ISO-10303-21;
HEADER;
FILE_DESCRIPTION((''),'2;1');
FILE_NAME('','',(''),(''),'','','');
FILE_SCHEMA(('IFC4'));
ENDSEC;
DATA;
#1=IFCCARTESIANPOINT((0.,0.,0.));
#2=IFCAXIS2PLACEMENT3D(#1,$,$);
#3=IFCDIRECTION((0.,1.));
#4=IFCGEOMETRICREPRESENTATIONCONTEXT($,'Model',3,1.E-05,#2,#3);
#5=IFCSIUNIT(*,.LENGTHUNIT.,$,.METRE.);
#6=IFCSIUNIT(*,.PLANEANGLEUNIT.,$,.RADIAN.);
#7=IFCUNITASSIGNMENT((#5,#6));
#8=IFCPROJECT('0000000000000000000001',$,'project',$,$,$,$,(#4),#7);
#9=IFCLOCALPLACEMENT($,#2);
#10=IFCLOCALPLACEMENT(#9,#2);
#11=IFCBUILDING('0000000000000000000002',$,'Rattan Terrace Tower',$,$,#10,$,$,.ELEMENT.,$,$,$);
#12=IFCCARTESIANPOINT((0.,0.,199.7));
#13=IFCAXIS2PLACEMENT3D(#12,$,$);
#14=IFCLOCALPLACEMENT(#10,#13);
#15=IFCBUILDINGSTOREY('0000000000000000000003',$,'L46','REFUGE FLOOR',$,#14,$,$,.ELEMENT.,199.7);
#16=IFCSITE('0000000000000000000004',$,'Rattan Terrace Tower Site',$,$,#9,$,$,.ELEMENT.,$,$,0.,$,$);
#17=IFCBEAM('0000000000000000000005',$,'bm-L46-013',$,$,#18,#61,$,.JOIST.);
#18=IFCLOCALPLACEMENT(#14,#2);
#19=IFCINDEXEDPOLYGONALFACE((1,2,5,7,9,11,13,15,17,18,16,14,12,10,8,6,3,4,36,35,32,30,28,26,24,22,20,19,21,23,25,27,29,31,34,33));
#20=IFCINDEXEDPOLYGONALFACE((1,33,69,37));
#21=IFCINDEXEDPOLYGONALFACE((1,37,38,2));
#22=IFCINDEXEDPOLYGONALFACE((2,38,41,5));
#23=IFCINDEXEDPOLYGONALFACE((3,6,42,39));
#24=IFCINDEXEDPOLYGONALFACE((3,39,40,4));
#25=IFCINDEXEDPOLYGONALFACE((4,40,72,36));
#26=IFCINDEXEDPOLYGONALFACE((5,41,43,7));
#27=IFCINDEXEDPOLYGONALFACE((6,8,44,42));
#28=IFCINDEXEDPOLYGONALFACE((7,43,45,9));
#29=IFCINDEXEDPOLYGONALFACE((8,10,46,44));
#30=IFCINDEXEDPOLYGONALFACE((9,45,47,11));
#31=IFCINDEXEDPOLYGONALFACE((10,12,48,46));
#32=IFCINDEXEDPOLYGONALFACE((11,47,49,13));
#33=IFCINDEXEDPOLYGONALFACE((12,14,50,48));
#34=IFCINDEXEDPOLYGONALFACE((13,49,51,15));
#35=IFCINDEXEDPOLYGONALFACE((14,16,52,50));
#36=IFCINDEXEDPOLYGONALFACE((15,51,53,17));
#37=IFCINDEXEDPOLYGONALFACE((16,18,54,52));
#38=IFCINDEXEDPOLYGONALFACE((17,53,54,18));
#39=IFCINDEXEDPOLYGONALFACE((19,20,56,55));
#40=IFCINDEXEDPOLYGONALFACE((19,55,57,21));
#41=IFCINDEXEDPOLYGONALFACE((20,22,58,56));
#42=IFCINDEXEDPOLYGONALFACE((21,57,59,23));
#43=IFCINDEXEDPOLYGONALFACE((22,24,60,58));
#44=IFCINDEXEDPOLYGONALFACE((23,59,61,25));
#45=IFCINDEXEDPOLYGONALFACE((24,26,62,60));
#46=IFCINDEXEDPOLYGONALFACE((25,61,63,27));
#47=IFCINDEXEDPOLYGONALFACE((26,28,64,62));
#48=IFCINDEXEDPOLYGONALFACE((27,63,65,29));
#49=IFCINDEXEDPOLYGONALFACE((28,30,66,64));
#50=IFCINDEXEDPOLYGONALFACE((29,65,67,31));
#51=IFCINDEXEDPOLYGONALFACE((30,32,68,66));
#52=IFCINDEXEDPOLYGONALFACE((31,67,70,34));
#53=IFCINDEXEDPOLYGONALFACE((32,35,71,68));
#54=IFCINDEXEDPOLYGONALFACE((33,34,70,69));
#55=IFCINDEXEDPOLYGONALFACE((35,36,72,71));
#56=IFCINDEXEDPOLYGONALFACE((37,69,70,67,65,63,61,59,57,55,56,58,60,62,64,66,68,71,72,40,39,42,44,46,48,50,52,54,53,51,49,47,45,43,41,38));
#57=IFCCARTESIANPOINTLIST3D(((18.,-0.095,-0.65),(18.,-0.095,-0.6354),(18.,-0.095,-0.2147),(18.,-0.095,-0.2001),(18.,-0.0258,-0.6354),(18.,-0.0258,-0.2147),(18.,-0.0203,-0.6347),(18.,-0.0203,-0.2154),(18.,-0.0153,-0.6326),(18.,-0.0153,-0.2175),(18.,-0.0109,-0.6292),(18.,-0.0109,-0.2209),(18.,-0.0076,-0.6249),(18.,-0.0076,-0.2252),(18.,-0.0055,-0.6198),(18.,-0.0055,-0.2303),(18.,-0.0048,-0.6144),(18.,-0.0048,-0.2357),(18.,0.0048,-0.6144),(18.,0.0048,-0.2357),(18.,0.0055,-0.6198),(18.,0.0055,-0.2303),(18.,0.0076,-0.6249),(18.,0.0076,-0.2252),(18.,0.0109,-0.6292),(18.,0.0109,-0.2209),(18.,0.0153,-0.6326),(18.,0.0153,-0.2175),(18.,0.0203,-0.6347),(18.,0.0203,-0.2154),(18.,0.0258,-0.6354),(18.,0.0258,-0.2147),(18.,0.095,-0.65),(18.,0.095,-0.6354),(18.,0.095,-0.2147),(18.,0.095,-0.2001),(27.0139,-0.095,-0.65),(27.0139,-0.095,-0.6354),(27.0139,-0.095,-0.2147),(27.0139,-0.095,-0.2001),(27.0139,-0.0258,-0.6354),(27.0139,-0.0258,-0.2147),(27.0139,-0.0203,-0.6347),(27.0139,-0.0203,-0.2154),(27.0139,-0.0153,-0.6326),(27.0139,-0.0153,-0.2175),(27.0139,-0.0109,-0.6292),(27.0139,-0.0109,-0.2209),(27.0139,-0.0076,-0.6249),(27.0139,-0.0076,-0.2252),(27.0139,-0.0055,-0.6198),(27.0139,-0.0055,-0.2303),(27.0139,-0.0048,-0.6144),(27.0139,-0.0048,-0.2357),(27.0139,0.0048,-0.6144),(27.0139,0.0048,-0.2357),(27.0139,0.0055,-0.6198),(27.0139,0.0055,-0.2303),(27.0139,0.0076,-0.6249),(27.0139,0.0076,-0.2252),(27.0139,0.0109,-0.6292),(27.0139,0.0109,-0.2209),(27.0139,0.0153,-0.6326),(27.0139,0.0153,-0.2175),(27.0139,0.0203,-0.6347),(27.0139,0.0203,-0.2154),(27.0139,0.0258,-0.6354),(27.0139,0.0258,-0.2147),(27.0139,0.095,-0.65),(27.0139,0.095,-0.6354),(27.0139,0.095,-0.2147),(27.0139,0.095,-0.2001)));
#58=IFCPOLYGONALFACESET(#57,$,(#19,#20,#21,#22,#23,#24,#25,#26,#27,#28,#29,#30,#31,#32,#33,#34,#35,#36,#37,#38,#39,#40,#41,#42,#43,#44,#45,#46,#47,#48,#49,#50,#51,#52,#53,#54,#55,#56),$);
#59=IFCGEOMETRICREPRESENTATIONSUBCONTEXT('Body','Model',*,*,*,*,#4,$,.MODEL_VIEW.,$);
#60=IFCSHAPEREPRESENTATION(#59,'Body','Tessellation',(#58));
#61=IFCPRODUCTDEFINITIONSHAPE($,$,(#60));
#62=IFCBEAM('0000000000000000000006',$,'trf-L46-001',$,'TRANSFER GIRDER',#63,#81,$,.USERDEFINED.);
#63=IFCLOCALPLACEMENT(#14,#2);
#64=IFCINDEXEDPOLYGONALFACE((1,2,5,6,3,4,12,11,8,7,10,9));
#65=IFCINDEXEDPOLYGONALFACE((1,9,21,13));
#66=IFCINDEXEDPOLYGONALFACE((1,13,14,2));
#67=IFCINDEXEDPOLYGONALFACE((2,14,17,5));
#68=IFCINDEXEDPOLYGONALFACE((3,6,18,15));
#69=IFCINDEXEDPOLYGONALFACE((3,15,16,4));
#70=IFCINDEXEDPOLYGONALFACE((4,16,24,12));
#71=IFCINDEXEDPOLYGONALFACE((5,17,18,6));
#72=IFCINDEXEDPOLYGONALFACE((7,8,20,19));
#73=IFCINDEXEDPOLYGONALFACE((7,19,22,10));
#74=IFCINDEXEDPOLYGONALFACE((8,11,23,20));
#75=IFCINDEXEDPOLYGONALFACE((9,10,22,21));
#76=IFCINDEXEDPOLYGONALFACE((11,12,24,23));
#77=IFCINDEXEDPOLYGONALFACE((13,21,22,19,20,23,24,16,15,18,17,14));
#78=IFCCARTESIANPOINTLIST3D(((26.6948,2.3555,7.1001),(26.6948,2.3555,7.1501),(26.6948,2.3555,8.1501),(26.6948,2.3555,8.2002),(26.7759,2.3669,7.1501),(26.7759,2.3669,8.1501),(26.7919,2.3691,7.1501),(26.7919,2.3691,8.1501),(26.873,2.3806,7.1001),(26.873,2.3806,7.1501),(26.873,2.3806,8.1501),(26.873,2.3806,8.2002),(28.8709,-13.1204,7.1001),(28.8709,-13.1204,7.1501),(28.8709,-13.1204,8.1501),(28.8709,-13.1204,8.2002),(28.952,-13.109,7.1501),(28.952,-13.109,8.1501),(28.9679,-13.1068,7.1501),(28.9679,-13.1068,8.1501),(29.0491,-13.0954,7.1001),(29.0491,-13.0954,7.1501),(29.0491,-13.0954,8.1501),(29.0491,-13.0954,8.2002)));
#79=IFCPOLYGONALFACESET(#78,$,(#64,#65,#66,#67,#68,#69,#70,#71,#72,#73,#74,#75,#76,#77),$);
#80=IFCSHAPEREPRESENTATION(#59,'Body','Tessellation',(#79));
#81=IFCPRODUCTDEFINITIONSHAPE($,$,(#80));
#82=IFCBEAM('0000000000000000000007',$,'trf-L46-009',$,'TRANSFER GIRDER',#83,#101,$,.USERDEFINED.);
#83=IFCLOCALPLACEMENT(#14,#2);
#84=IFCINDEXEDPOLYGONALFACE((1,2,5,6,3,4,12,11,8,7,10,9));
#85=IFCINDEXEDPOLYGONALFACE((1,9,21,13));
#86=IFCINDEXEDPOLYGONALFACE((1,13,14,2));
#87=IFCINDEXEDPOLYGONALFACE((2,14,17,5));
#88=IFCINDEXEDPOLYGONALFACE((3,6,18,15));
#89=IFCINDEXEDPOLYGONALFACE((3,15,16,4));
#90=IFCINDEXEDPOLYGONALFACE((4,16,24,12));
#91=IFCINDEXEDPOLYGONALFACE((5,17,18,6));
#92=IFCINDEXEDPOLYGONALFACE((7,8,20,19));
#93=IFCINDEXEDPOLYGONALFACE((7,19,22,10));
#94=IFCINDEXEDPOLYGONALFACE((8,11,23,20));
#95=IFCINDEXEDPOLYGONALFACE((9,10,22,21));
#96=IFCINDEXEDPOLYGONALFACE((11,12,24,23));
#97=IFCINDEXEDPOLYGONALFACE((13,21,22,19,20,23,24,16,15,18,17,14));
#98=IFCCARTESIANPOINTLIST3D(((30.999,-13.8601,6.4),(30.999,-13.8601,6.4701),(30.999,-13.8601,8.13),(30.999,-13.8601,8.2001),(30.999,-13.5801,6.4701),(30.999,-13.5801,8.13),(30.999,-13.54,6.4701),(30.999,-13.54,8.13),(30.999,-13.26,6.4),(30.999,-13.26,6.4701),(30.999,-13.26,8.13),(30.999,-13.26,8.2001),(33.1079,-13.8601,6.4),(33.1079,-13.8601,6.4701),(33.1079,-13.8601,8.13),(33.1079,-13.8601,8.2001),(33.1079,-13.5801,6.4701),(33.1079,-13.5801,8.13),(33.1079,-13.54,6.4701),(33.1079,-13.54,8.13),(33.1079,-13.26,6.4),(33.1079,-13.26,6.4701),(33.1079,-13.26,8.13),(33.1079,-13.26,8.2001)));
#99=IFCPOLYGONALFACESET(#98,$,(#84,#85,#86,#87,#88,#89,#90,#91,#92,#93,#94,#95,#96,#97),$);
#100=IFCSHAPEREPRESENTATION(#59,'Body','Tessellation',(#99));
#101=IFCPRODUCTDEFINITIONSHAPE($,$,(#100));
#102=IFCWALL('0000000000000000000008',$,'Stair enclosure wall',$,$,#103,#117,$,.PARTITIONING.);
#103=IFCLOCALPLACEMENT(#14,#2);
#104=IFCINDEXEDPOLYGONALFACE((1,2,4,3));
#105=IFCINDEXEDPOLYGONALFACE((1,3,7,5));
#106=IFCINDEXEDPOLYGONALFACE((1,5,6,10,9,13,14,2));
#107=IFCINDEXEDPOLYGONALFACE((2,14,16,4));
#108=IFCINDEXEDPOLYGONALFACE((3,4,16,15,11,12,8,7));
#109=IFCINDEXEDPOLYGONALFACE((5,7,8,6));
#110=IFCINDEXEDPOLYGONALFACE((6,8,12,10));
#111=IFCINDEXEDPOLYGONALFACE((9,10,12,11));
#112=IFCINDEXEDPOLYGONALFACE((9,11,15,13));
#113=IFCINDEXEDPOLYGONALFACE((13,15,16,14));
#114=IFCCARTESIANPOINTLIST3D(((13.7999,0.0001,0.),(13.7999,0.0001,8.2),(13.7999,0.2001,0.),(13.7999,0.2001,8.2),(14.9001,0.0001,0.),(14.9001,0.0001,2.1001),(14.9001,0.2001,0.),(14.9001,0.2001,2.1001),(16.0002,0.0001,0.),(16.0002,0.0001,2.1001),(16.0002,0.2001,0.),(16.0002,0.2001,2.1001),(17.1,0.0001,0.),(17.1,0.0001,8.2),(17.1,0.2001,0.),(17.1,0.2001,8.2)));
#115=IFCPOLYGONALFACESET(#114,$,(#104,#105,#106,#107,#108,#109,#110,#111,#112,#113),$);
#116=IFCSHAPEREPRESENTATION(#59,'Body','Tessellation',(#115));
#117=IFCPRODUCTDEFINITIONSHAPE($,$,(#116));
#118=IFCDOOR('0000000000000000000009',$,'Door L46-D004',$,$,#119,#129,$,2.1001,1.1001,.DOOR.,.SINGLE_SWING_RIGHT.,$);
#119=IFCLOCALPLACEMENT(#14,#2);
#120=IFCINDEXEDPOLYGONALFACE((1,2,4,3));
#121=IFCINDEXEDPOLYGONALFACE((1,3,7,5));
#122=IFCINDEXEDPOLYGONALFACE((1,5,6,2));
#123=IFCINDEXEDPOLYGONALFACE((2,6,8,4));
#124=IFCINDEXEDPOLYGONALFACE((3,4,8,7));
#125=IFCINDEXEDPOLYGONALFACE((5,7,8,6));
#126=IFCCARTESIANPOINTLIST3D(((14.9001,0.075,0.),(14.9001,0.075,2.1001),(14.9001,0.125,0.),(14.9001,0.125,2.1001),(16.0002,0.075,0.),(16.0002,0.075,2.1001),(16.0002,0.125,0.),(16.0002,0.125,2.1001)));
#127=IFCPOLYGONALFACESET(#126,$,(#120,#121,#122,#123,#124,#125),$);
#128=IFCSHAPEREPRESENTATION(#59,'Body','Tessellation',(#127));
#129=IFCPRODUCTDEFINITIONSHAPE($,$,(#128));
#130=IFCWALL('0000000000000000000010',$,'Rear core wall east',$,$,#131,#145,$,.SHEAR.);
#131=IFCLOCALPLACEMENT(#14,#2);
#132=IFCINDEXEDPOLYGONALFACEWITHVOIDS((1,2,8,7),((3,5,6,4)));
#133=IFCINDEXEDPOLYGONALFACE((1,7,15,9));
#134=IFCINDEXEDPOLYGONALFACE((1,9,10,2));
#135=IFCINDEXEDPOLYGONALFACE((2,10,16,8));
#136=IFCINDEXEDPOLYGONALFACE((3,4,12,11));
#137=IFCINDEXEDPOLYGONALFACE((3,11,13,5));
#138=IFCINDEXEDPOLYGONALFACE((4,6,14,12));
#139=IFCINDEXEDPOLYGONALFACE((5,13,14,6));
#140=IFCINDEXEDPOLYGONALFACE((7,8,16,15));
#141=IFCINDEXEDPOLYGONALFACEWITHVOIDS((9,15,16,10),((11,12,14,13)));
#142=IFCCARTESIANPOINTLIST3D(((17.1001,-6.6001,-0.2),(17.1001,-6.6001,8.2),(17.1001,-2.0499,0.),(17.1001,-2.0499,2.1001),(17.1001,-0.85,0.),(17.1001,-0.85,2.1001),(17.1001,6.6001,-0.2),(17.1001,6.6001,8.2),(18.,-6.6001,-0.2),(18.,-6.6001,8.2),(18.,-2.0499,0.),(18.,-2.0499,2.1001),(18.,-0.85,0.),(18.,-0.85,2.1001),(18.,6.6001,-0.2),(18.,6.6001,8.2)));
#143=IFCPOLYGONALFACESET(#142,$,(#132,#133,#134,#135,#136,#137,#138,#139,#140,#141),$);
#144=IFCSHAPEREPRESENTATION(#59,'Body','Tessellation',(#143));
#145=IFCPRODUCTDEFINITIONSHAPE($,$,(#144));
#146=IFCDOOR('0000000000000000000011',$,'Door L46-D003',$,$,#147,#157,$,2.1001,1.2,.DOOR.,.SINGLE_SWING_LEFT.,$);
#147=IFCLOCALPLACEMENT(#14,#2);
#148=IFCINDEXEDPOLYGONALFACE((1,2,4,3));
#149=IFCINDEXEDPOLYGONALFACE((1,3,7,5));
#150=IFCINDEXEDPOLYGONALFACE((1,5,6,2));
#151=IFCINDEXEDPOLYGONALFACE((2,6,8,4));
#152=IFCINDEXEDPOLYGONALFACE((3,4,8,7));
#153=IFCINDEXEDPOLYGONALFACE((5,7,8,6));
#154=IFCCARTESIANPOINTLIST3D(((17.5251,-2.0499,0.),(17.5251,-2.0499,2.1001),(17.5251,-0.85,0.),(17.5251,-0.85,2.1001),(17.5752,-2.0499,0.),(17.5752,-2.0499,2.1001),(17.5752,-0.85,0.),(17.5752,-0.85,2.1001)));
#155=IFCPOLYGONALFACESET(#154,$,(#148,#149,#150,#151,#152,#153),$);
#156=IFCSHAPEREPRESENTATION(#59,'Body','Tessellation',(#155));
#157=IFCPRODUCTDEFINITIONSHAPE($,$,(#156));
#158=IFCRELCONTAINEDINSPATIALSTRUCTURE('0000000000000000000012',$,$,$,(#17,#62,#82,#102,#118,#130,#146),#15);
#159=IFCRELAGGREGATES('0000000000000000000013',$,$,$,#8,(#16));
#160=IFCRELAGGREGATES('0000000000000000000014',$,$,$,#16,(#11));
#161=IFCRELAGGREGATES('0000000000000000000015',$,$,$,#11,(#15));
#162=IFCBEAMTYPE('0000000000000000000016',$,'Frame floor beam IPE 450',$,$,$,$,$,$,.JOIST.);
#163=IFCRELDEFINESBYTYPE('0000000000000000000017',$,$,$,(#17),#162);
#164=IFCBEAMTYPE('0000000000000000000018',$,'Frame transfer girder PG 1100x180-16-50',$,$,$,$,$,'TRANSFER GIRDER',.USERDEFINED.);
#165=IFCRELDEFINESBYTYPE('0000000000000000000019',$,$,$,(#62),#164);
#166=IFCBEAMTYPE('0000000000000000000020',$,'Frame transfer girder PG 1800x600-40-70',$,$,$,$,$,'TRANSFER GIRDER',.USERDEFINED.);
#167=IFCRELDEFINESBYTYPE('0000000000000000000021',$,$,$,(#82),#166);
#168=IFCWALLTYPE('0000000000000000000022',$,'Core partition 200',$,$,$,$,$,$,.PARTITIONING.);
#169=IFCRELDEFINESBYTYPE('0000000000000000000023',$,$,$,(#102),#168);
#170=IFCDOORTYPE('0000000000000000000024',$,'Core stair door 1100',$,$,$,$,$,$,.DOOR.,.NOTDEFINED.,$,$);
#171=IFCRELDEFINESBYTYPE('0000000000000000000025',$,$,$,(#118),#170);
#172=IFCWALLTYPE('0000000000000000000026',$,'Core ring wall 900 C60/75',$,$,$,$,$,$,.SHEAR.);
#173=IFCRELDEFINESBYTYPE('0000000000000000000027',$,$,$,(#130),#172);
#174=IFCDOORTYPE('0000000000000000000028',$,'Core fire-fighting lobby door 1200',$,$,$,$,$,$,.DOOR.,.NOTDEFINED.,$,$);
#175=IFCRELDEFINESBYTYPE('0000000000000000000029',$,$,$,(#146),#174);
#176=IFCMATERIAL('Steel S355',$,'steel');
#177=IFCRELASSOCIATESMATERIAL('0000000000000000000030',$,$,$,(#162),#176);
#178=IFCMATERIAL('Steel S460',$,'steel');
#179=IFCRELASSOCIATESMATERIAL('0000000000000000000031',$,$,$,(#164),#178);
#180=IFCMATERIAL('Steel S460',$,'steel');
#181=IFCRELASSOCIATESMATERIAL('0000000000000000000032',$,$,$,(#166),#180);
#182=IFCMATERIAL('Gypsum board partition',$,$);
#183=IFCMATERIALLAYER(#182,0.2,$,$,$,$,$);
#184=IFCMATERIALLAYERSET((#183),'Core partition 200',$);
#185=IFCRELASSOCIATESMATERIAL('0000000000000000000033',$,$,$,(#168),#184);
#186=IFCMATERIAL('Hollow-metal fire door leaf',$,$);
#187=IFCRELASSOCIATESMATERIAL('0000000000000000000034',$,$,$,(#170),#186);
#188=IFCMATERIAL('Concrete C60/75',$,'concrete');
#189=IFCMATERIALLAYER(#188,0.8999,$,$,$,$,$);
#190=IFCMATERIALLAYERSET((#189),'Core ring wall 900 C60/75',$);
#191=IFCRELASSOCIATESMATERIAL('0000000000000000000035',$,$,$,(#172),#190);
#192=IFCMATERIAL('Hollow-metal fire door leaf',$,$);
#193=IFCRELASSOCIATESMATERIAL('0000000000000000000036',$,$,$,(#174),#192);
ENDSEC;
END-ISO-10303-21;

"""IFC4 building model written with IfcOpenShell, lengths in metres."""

from ifc_helpers import new_model, si_unit, direction, frame, frame_2d, origin, origin_2d, place, context, subcontext, project, spatial, rectangle, i_section, extrude, material, layer, layer_set, material_profile, profile_set, type_object, element, fill, save


model = new_model("IFC4")

# Units and contexts
model_context = context("Model", 3, precision=1e-05, world=origin(), true_north=direction((0.0, 1.0)))
body_context = subcontext(model_context, "Body", "Model", "MODEL_VIEW")
ifc_project = project(units=[si_unit("LENGTHUNIT", "METRE"), si_unit("PLANEANGLEUNIT", "RADIAN")], contexts=[model_context])

# Site, building, storey
site_placement = place(None, origin())
site = spatial("IfcSite", under=ifc_project, at=site_placement, Name="Rattan Terrace Tower Site", CompositionType="ELEMENT", RefElevation=0.0)
building_placement = place(site_placement, origin())
building = spatial("IfcBuilding", under=site, at=building_placement, Name="Rattan Terrace Tower", CompositionType="ELEMENT")
storey_placement = place(building_placement, frame((0.0, 0.0, 199.7)))
storey = spatial("IfcBuildingStorey", under=building, at=storey_placement, Name="L46", Description="REFUGE FLOOR", CompositionType="ELEMENT", Elevation=199.7)

# Beams
ifc_material_1 = material(Name="Steel S355", Category="steel")
ifc_material_profile_1 = material_profile(ifc_material_1, i_section(OverallWidth=0.1899, OverallDepth=0.45, WebThickness=0.0095, FlangeThickness=0.0146, FilletRadius=0.021, at=origin_2d()), Name="IPE 450")
ifc_profile_set_1 = profile_set([ifc_material_profile_1], Name="Steel S355")
beam_type_1 = type_object("IfcBeamType", Name="Frame floor beam IPE 450", PredefinedType="JOIST", material=ifc_profile_set_1)
beam_1_placement = place(storey_placement, frame((18.0, 0.0, -0.425), z_axis=(1.0, 0.0, 0.0), x_axis=(0.0, 1.0, 0.0)))
element("IfcBeam", 1, at=beam_1_placement, inside=storey, type_object=beam_type_1, Name="bm-L46-013", PredefinedType="JOIST", context=body_context, shape_type="SweptSolid", body=[
    extrude(i_section(OverallWidth=0.1899, OverallDepth=0.45, WebThickness=0.0095, FlangeThickness=0.0146, FilletRadius=0.021, at=origin_2d()), origin(), (0.0, 0.0, 1.0), 9.0139),
])
ifc_material_2 = material(Name="Steel S460", Category="steel")
ifc_material_profile_2 = material_profile(ifc_material_2, i_section(OverallWidth=0.1799, OverallDepth=1.1001, WebThickness=0.0161, FlangeThickness=0.05, at=origin_2d()), Name="PG 1100x180-16-50")
ifc_profile_set_2 = profile_set([ifc_material_profile_2], Name="Steel S460")
beam_type_2 = type_object("IfcBeamType", Name="Frame transfer girder PG 1100x180-16-50", ElementType="TRANSFER GIRDER", PredefinedType="USERDEFINED", material=ifc_profile_set_2)
beam_2_placement = place(storey_placement, frame((28.96, -13.1079, 7.6501), z_axis=(-0.139238, 0.990259, 0.0), x_axis=(-0.990259, -0.139238, 0.0)))
element("IfcBeam", 2, at=beam_2_placement, inside=storey, type_object=beam_type_2, Name="trf-L46-001", ObjectType="TRANSFER GIRDER", PredefinedType="USERDEFINED", context=body_context, shape_type="SweptSolid", body=[
    extrude(i_section(OverallWidth=0.1799, OverallDepth=1.1001, WebThickness=0.0161, FlangeThickness=0.05, at=origin_2d()), origin(), (0.0, 0.0, 1.0), 15.6282),
])
ifc_material_3 = material(Name="Steel S460", Category="steel")
ifc_material_profile_3 = material_profile(ifc_material_3, i_section(OverallWidth=0.6001, OverallDepth=1.8, WebThickness=0.04, FlangeThickness=0.0701, at=origin_2d()), Name="PG 1800x600-40-70")
ifc_profile_set_3 = profile_set([ifc_material_profile_3], Name="Steel S460")
beam_type_3 = type_object("IfcBeamType", Name="Frame transfer girder PG 1800x600-40-70", ElementType="TRANSFER GIRDER", PredefinedType="USERDEFINED", material=ifc_profile_set_3)
beam_3_placement = place(storey_placement, frame((30.999, -13.5601, 7.3), z_axis=(1.0, 0.0, 0.0), x_axis=(0.0, 1.0, 0.0)))
element("IfcBeam", 3, at=beam_3_placement, inside=storey, type_object=beam_type_3, Name="trf-L46-009", ObjectType="TRANSFER GIRDER", PredefinedType="USERDEFINED", context=body_context, shape_type="SweptSolid", body=[
    extrude(i_section(OverallWidth=0.6001, OverallDepth=1.8, WebThickness=0.04, FlangeThickness=0.0701, at=origin_2d()), origin(), (0.0, 0.0, 1.0), 2.1089),
])

# Walls, openings, doors
ifc_material_4 = material(Name="Gypsum board partition")
ifc_layer_1 = layer(ifc_material_4, 0.2)
ifc_layer_set_1 = layer_set([ifc_layer_1], Name="Core partition 200")
wall_type_1 = type_object("IfcWallType", Name="Core partition 200", PredefinedType="PARTITIONING", material=ifc_layer_set_1)
wall_1_placement = place(storey_placement, frame((13.8, 0.1001, 0.0), z_axis=(0.0, 0.0, 1.0), x_axis=(1.0, 0.0, 0.0)))
wall_1 = element("IfcWall", 4, at=wall_1_placement, inside=storey, type_object=wall_type_1, Name="Stair enclosure wall", PredefinedType="PARTITIONING", context=body_context, shape_type="SweptSolid", body=[
    extrude(rectangle(XDim=3.3, YDim=0.2, at=frame_2d((1.6499, 0.0))), origin(), (0.0, 0.0, 1.0), 8.2),
])
opening_1_placement = place(wall_1_placement, frame((1.1001, 0.0, 0.0)))
opening_1 = element("IfcOpeningElement", 5, at=opening_1_placement, cuts=wall_1, PredefinedType="OPENING", context=body_context, shape_type="SweptSolid", body=[
    extrude(rectangle(XDim=1.1001, YDim=2.1001, at=frame_2d((0.55, 1.05))), frame((0.0, 0.1106, 0.0), z_axis=(0.0, -1.0, 0.0), x_axis=(1.0, 0.0, 0.0)), (0.0, 0.0, 1.0), 0.2209),
])
ifc_material_5 = material(Name="Hollow-metal fire door leaf")
door_type_1 = type_object("IfcDoorType", Name="Core stair door 1100", OperationType="NOTDEFINED", PredefinedType="DOOR", material=ifc_material_5)
door_1_placement = place(opening_1_placement, origin())
door_1 = element("IfcDoor", 6, at=door_1_placement, inside=storey, type_object=door_type_1, Name="Door L46-D004", OperationType="SINGLE_SWING_RIGHT", OverallHeight=2.1001, OverallWidth=1.1001, PredefinedType="DOOR", context=body_context, shape_type="SweptSolid", body=[
    extrude(rectangle(XDim=1.1001, YDim=2.1001, at=frame_2d((0.55, 1.05))), frame((0.0, 0.0249, 0.0), z_axis=(0.0, -1.0, 0.0), x_axis=(1.0, 0.0, 0.0)), (0.0, 0.0, 1.0), 0.05),
])
fill(opening_1, door_1)
ifc_material_6 = material(Name="Concrete C60/75", Category="concrete")
ifc_layer_2 = layer(ifc_material_6, 0.8999)
ifc_layer_set_2 = layer_set([ifc_layer_2], Name="Core ring wall 900 C60/75")
wall_type_2 = type_object("IfcWallType", Name="Core ring wall 900 C60/75", PredefinedType="SHEAR", material=ifc_layer_set_2)
wall_2_placement = place(storey_placement, frame((17.55, -6.6001, -0.2), z_axis=(0.0, 0.0, 1.0), x_axis=(0.0, 1.0, 0.0)))
wall_2 = element("IfcWall", 7, at=wall_2_placement, inside=storey, type_object=wall_type_2, Name="Rear core wall east", PredefinedType="SHEAR", context=body_context, shape_type="SweptSolid", body=[
    extrude(rectangle(XDim=13.2002, YDim=0.8999, at=frame_2d((6.6001, 0.0))), origin(), (0.0, 0.0, 1.0), 8.3999),
])
opening_2_placement = place(wall_2_placement, frame((4.55, 0.0, 0.2)))
opening_2 = element("IfcOpeningElement", 8, at=opening_2_placement, cuts=wall_2, PredefinedType="OPENING", context=body_context, shape_type="SweptSolid", body=[
    extrude(rectangle(XDim=1.2, YDim=2.1001, at=frame_2d((0.6001, 1.05))), frame((0.0, 0.4604, 0.0), z_axis=(0.0, -1.0, 0.0), x_axis=(1.0, 0.0, 0.0)), (0.0, 0.0, 1.0), 0.9209),
])
ifc_material_7 = material(Name="Hollow-metal fire door leaf")
door_type_2 = type_object("IfcDoorType", Name="Core fire-fighting lobby door 1200", OperationType="NOTDEFINED", PredefinedType="DOOR", material=ifc_material_7)
door_2_placement = place(opening_2_placement, origin())
door_2 = element("IfcDoor", 9, at=door_2_placement, inside=storey, type_object=door_type_2, Name="Door L46-D003", OperationType="SINGLE_SWING_LEFT", OverallHeight=2.1001, OverallWidth=1.2, PredefinedType="DOOR", context=body_context, shape_type="SweptSolid", body=[
    extrude(rectangle(XDim=1.2, YDim=2.1001, at=frame_2d((0.6001, 1.05))), frame((0.0, 0.0249, 0.0), z_axis=(0.0, -1.0, 0.0), x_axis=(1.0, 0.0, 0.0)), (0.0, 0.0, 1.0), 0.05),
])
fill(opening_2, door_2)

save(model, "model.ifc")
